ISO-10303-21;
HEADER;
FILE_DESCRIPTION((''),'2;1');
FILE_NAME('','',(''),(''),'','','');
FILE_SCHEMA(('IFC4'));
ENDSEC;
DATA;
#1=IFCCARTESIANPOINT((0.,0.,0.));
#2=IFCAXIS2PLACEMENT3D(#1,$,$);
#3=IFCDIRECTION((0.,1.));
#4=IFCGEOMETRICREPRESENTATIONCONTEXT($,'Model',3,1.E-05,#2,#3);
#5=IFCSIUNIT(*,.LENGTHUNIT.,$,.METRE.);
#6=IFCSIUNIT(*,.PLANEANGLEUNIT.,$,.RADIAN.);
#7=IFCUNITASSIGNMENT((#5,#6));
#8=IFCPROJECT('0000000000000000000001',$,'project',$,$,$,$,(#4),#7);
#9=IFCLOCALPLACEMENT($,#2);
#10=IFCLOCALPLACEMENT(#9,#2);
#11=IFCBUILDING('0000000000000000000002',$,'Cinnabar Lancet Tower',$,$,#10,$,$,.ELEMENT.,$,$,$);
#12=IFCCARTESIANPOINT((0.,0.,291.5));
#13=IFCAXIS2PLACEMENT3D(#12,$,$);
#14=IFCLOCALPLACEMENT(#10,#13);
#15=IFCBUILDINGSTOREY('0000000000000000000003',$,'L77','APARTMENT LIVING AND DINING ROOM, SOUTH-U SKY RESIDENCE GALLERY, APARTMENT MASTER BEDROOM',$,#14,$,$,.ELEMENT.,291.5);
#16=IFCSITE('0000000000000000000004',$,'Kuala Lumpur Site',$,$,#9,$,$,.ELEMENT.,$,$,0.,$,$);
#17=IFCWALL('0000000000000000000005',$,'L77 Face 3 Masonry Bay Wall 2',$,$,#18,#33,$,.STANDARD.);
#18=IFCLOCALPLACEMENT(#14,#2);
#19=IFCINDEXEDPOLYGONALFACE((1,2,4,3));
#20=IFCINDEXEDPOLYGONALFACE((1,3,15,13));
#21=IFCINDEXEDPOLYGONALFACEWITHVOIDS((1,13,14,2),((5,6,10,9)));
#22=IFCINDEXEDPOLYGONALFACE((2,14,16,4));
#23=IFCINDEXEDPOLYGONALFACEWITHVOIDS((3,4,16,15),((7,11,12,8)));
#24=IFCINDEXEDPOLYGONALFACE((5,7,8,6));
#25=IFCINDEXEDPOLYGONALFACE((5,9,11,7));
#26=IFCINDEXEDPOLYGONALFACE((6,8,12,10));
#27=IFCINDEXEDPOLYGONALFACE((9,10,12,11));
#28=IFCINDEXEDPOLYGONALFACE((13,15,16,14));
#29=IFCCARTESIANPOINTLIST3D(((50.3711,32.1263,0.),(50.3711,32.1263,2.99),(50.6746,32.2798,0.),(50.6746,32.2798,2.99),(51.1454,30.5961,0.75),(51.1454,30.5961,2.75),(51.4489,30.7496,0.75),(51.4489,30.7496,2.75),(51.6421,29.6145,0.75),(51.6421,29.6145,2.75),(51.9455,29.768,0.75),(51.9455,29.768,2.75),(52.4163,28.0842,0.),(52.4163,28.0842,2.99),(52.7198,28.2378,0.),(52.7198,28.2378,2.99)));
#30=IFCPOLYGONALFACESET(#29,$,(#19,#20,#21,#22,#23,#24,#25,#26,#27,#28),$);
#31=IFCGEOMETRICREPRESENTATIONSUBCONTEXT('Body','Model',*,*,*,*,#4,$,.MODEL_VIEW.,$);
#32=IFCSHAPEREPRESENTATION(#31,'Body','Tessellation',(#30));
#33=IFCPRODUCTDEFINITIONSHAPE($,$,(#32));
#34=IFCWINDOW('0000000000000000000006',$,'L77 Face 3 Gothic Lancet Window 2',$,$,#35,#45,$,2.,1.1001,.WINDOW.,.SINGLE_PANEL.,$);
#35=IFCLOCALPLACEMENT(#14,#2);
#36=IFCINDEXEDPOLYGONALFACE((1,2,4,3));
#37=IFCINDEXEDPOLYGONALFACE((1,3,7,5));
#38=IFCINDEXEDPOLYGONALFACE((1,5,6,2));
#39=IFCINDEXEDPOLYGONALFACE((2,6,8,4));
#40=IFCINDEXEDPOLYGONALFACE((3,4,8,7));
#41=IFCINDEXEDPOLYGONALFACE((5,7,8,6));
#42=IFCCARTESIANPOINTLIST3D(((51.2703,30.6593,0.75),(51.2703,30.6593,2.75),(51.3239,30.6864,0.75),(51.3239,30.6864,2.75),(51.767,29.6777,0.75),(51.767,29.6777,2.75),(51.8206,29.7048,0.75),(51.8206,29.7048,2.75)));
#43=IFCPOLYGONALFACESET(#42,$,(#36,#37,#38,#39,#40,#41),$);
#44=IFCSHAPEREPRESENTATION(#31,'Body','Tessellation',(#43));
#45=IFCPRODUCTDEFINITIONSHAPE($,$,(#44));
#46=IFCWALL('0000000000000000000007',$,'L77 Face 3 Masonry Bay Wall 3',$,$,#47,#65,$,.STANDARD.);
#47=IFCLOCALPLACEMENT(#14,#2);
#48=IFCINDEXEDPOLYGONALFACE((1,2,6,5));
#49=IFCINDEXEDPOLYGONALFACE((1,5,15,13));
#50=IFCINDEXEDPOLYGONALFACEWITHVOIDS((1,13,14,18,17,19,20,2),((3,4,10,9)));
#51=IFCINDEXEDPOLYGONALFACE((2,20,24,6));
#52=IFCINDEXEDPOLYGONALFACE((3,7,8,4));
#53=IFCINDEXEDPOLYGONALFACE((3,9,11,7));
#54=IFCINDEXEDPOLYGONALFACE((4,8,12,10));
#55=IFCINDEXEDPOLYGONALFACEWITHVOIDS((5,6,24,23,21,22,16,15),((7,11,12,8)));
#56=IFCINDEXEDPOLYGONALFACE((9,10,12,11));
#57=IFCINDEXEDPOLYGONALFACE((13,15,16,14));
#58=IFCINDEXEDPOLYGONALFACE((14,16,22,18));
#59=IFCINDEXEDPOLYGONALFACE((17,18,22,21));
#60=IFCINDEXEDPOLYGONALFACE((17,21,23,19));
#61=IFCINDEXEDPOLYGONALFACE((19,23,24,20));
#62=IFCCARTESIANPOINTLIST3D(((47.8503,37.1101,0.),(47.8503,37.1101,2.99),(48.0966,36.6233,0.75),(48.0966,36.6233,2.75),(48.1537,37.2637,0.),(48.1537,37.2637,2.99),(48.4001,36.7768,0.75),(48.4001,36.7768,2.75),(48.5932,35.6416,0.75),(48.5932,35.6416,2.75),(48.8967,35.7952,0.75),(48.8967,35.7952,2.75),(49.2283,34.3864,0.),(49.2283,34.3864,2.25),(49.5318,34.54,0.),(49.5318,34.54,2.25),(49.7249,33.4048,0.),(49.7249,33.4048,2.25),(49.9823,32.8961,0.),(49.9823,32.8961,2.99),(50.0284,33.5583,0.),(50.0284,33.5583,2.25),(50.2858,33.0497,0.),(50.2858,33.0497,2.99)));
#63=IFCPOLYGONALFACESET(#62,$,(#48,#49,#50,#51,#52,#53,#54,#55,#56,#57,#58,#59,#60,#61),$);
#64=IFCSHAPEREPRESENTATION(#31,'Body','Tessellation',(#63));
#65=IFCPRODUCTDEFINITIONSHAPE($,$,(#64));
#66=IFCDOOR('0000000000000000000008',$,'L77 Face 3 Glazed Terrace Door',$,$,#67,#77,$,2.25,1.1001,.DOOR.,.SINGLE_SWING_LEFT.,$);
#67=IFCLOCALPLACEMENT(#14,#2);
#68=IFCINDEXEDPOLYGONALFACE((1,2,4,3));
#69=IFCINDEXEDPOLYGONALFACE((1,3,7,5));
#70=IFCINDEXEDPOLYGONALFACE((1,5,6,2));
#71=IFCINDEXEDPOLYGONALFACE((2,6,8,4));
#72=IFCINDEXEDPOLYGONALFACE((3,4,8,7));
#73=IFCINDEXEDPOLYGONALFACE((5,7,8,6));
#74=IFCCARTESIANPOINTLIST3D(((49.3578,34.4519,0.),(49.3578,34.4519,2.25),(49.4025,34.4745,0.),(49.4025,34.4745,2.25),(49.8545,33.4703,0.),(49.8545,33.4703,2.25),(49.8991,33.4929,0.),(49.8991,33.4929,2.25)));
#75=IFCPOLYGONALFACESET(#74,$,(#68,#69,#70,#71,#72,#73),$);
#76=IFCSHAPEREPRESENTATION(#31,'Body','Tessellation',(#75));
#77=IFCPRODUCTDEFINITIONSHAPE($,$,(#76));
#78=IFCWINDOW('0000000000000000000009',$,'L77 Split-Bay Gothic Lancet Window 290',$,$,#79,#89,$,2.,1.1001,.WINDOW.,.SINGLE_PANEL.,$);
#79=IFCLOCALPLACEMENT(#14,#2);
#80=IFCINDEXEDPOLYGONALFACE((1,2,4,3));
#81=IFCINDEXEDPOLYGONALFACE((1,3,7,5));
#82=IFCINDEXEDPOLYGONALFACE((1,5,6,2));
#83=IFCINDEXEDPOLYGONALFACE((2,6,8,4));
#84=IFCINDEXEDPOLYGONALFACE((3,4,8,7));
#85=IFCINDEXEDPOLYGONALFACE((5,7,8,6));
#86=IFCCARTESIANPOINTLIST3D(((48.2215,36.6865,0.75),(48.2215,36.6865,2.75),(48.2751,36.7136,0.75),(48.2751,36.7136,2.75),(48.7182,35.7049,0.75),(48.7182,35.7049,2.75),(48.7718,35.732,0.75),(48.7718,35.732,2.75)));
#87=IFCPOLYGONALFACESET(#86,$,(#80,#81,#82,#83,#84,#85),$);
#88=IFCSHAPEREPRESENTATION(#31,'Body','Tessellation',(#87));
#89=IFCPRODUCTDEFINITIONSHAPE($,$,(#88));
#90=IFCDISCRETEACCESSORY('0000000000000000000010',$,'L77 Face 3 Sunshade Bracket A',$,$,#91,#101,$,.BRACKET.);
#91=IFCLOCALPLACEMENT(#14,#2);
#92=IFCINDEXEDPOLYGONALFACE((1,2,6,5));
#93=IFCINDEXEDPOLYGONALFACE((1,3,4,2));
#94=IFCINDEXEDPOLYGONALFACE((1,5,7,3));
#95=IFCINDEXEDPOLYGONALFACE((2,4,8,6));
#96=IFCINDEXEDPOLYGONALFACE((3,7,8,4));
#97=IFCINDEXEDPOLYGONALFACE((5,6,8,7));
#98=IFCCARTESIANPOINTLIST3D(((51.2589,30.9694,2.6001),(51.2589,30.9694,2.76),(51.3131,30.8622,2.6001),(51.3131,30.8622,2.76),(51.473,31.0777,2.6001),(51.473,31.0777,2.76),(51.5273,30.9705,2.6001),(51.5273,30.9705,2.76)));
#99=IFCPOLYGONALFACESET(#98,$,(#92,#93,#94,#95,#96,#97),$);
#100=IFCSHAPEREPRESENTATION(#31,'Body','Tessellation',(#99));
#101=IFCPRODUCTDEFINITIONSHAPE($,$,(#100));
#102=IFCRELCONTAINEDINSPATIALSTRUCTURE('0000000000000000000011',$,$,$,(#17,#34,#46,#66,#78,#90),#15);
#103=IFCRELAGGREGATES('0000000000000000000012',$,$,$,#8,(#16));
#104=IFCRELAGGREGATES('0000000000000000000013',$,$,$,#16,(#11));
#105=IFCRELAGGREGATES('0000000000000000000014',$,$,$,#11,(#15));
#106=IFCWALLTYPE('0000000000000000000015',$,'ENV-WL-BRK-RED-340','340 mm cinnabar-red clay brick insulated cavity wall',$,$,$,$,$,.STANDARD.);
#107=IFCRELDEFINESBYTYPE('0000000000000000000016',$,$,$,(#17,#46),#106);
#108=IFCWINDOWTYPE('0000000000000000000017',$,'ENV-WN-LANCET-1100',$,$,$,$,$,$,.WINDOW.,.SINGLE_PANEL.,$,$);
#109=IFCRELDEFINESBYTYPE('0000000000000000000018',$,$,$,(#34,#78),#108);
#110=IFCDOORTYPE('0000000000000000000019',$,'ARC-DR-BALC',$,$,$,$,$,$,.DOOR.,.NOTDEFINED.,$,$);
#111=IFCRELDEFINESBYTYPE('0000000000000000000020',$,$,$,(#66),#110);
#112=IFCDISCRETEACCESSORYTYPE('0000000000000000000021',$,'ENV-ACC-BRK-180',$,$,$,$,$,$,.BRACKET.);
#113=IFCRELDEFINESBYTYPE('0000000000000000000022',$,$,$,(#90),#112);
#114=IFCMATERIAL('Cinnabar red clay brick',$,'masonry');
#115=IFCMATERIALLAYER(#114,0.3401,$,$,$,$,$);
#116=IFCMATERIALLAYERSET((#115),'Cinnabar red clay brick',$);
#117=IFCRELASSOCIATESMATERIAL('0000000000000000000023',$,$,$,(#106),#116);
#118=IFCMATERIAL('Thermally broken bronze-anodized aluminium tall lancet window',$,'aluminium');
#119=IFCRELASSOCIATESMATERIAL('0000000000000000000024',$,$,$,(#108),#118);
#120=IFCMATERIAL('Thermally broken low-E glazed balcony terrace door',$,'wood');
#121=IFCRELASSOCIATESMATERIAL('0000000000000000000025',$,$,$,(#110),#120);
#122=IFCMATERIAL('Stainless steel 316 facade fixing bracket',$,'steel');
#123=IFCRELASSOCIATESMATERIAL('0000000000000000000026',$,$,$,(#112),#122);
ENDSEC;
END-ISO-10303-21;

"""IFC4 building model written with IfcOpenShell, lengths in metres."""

from ifc_helpers import new_model, si_unit, direction, frame, frame_2d, origin, origin_2d, place, context, subcontext, project, spatial, rectangle, extrude, material, layer, layer_set, type_object, element, fill, save


model = new_model("IFC4")

# Units and contexts
model_context = context("Model", 3, precision=1e-05, world=origin(), true_north=direction((0.0, 1.0)))
body_context = subcontext(model_context, "Body", "Model", "MODEL_VIEW")
ifc_project = project(units=[si_unit("LENGTHUNIT", "METRE"), si_unit("PLANEANGLEUNIT", "RADIAN")], contexts=[model_context])

# Site, building, storey
site_placement = place(None, origin())
site = spatial("IfcSite", under=ifc_project, at=site_placement, Name="Kuala Lumpur Site", CompositionType="ELEMENT", RefElevation=0.0)
building_placement = place(site_placement, origin())
building = spatial("IfcBuilding", under=site, at=building_placement, Name="Cinnabar Lancet Tower", CompositionType="ELEMENT")
storey_placement = place(building_placement, frame((0.0, 0.0, 291.5)))
storey = spatial("IfcBuildingStorey", under=building, at=storey_placement, Name="L77", Description="APARTMENT LIVING AND DINING ROOM, SOUTH-U SKY RESIDENCE GALLERY, APARTMENT MASTER BEDROOM", CompositionType="ELEMENT", Elevation=291.5)

# Shared definitions
ifc_material_1 = material(Name="Cinnabar red clay brick", Category="masonry")
ifc_layer_1 = layer(ifc_material_1, 0.3401)
ifc_layer_set_1 = layer_set([ifc_layer_1], Name="Cinnabar red clay brick")
wall_type_1 = type_object("IfcWallType", Name="ENV-WL-BRK-RED-340", Description="340 mm cinnabar-red clay brick insulated cavity wall", PredefinedType="STANDARD", material=ifc_layer_set_1)

# Wall, opening, window
wall_1_placement = place(storey_placement, frame((52.5681, 28.1609, 0.0), z_axis=(0.0, 0.0, 1.0), x_axis=(-0.451477, 0.892283, 0.0)))
wall_1 = element("IfcWall", 1, at=wall_1_placement, inside=storey, type_object=wall_type_1, Name="L77 Face 3 Masonry Bay Wall 2", PredefinedType="STANDARD", context=body_context, shape_type="SweptSolid", body=[
    extrude(rectangle(XDim=4.53, YDim=0.3401, at=frame_2d((2.2651, 0.0))), origin(), (0.0, 0.0, 1.0), 2.99),
])
opening_1_placement = place(wall_1_placement, frame((1.7151, 0.0, 0.75)))
opening_1 = element("IfcOpeningElement", 2, at=opening_1_placement, cuts=wall_1, PredefinedType="OPENING", context=body_context, shape_type="SweptSolid", body=[
    extrude(rectangle(XDim=1.1001, YDim=2.0, at=frame_2d((0.55, 1.0))), frame((0.0, 0.1799, 0.0), z_axis=(0.0, -1.0, 0.0), x_axis=(1.0, 0.0, 0.0)), (0.0, 0.0, 1.0), 0.3601),
])
ifc_material_2 = material(Name="Thermally broken bronze-anodized aluminium tall lancet window", Category="aluminium")
window_type = type_object("IfcWindowType", Name="ENV-WN-LANCET-1100", PartitioningType="SINGLE_PANEL", PredefinedType="WINDOW", material=ifc_material_2)
window_1_placement = place(opening_1_placement, origin())
window_1 = element("IfcWindow", 3, at=window_1_placement, inside=storey, type_object=window_type, Name="L77 Face 3 Gothic Lancet Window 2", OverallHeight=2.0, OverallWidth=1.1001, PartitioningType="SINGLE_PANEL", PredefinedType="WINDOW", context=body_context, shape_type="SweptSolid", body=[
    extrude(rectangle(XDim=1.1001, YDim=2.0, at=frame_2d((0.55, 1.0))), frame((0.0, 0.03, 0.0), z_axis=(0.0, -1.0, 0.0), x_axis=(1.0, 0.0, 0.0)), (0.0, 0.0, 1.0), 0.0601),
])
fill(opening_1, window_1)

# Wall, openings, door, window
wall_2_placement = place(storey_placement, frame((50.134, 32.9729, 0.0), z_axis=(0.0, 0.0, 1.0), x_axis=(-0.451448, 0.892298, 0.0)))
wall_2 = element("IfcWall", 4, at=wall_2_placement, inside=storey, type_object=wall_type_1, Name="L77 Face 3 Masonry Bay Wall 3", PredefinedType="STANDARD", context=body_context, shape_type="SweptSolid", body=[
    extrude(rectangle(XDim=4.7227, YDim=0.3401, at=frame_2d((2.3613, 0.0))), origin(), (0.0, 0.0, 1.0), 2.99),
])
opening_2_placement = place(wall_2_placement, frame((0.5701, 0.0, 0.0)))
opening_2 = element("IfcOpeningElement", 5, at=opening_2_placement, cuts=wall_2, PredefinedType="OPENING", context=body_context, shape_type="SweptSolid", body=[
    extrude(rectangle(XDim=1.1001, YDim=2.25, at=frame_2d((0.55, 1.125))), frame((0.0, 0.1799, 0.0), z_axis=(0.0, -1.0, 0.0), x_axis=(1.0, 0.0, 0.0)), (0.0, 0.0, 1.0), 0.3601),
])
opening_3_placement = place(wall_2_placement, frame((3.0769, 0.0, 0.75)))
opening_3 = element("IfcOpeningElement", 6, at=opening_3_placement, cuts=wall_2, PredefinedType="OPENING", context=body_context, shape_type="SweptSolid", body=[
    extrude(rectangle(XDim=1.1001, YDim=2.0, at=frame_2d((0.55, 1.0))), frame((0.0, 0.1799, 0.0), z_axis=(0.0, -1.0, 0.0), x_axis=(1.0, 0.0, 0.0)), (0.0, 0.0, 1.0), 0.3601),
])
ifc_material_3 = material(Name="Thermally broken low-E glazed balcony terrace door", Category="wood")
door_type = type_object("IfcDoorType", Name="ARC-DR-BALC", OperationType="NOTDEFINED", PredefinedType="DOOR", material=ifc_material_3)
door_placement = place(opening_2_placement, origin())
door = element("IfcDoor", 7, at=door_placement, inside=storey, type_object=door_type, Name="L77 Face 3 Glazed Terrace Door", OperationType="SINGLE_SWING_LEFT", OverallHeight=2.25, OverallWidth=1.1001, PredefinedType="DOOR", context=body_context, shape_type="SweptSolid", body=[
    extrude(rectangle(XDim=1.1001, YDim=2.25, at=frame_2d((0.55, 1.125))), frame((0.0, 0.0249, 0.0), z_axis=(0.0, -1.0, 0.0), x_axis=(1.0, 0.0, 0.0)), (0.0, 0.0, 1.0), 0.05),
])
fill(opening_2, door)
window_2_placement = place(opening_3_placement, origin())
window_2 = element("IfcWindow", 8, at=window_2_placement, inside=storey, type_object=window_type, Name="L77 Split-Bay Gothic Lancet Window 290", OverallHeight=2.0, OverallWidth=1.1001, PartitioningType="SINGLE_PANEL", PredefinedType="WINDOW", context=body_context, shape_type="SweptSolid", body=[
    extrude(rectangle(XDim=1.1001, YDim=2.0, at=frame_2d((0.55, 1.0))), frame((0.0, 0.03, 0.0), z_axis=(0.0, -1.0, 0.0), x_axis=(1.0, 0.0, 0.0)), (0.0, 0.0, 1.0), 0.0601),
])
fill(opening_3, window_2)

# Discrete accessory
ifc_material_4 = material(Name="Stainless steel 316 facade fixing bracket", Category="steel")
discrete_accessory_type = type_object("IfcDiscreteAccessoryType", Name="ENV-ACC-BRK-180", PredefinedType="BRACKET", material=ifc_material_4)
discrete_accessory_placement = place(storey_placement, frame((51.3931, 30.97, 2.6001), z_axis=(0.0, 0.0, 1.0), x_axis=(-0.451376, 0.892334, 0.0)))
element("IfcDiscreteAccessory", 9, at=discrete_accessory_placement, inside=storey, type_object=discrete_accessory_type, Name="L77 Face 3 Sunshade Bracket A", PredefinedType="BRACKET", context=body_context, shape_type="SweptSolid", body=[
    extrude(rectangle(XDim=0.1201, YDim=0.24, at=origin_2d()), origin(), (0.0, 0.0, 1.0), 0.1599),
])

save(model, "model.ifc")
